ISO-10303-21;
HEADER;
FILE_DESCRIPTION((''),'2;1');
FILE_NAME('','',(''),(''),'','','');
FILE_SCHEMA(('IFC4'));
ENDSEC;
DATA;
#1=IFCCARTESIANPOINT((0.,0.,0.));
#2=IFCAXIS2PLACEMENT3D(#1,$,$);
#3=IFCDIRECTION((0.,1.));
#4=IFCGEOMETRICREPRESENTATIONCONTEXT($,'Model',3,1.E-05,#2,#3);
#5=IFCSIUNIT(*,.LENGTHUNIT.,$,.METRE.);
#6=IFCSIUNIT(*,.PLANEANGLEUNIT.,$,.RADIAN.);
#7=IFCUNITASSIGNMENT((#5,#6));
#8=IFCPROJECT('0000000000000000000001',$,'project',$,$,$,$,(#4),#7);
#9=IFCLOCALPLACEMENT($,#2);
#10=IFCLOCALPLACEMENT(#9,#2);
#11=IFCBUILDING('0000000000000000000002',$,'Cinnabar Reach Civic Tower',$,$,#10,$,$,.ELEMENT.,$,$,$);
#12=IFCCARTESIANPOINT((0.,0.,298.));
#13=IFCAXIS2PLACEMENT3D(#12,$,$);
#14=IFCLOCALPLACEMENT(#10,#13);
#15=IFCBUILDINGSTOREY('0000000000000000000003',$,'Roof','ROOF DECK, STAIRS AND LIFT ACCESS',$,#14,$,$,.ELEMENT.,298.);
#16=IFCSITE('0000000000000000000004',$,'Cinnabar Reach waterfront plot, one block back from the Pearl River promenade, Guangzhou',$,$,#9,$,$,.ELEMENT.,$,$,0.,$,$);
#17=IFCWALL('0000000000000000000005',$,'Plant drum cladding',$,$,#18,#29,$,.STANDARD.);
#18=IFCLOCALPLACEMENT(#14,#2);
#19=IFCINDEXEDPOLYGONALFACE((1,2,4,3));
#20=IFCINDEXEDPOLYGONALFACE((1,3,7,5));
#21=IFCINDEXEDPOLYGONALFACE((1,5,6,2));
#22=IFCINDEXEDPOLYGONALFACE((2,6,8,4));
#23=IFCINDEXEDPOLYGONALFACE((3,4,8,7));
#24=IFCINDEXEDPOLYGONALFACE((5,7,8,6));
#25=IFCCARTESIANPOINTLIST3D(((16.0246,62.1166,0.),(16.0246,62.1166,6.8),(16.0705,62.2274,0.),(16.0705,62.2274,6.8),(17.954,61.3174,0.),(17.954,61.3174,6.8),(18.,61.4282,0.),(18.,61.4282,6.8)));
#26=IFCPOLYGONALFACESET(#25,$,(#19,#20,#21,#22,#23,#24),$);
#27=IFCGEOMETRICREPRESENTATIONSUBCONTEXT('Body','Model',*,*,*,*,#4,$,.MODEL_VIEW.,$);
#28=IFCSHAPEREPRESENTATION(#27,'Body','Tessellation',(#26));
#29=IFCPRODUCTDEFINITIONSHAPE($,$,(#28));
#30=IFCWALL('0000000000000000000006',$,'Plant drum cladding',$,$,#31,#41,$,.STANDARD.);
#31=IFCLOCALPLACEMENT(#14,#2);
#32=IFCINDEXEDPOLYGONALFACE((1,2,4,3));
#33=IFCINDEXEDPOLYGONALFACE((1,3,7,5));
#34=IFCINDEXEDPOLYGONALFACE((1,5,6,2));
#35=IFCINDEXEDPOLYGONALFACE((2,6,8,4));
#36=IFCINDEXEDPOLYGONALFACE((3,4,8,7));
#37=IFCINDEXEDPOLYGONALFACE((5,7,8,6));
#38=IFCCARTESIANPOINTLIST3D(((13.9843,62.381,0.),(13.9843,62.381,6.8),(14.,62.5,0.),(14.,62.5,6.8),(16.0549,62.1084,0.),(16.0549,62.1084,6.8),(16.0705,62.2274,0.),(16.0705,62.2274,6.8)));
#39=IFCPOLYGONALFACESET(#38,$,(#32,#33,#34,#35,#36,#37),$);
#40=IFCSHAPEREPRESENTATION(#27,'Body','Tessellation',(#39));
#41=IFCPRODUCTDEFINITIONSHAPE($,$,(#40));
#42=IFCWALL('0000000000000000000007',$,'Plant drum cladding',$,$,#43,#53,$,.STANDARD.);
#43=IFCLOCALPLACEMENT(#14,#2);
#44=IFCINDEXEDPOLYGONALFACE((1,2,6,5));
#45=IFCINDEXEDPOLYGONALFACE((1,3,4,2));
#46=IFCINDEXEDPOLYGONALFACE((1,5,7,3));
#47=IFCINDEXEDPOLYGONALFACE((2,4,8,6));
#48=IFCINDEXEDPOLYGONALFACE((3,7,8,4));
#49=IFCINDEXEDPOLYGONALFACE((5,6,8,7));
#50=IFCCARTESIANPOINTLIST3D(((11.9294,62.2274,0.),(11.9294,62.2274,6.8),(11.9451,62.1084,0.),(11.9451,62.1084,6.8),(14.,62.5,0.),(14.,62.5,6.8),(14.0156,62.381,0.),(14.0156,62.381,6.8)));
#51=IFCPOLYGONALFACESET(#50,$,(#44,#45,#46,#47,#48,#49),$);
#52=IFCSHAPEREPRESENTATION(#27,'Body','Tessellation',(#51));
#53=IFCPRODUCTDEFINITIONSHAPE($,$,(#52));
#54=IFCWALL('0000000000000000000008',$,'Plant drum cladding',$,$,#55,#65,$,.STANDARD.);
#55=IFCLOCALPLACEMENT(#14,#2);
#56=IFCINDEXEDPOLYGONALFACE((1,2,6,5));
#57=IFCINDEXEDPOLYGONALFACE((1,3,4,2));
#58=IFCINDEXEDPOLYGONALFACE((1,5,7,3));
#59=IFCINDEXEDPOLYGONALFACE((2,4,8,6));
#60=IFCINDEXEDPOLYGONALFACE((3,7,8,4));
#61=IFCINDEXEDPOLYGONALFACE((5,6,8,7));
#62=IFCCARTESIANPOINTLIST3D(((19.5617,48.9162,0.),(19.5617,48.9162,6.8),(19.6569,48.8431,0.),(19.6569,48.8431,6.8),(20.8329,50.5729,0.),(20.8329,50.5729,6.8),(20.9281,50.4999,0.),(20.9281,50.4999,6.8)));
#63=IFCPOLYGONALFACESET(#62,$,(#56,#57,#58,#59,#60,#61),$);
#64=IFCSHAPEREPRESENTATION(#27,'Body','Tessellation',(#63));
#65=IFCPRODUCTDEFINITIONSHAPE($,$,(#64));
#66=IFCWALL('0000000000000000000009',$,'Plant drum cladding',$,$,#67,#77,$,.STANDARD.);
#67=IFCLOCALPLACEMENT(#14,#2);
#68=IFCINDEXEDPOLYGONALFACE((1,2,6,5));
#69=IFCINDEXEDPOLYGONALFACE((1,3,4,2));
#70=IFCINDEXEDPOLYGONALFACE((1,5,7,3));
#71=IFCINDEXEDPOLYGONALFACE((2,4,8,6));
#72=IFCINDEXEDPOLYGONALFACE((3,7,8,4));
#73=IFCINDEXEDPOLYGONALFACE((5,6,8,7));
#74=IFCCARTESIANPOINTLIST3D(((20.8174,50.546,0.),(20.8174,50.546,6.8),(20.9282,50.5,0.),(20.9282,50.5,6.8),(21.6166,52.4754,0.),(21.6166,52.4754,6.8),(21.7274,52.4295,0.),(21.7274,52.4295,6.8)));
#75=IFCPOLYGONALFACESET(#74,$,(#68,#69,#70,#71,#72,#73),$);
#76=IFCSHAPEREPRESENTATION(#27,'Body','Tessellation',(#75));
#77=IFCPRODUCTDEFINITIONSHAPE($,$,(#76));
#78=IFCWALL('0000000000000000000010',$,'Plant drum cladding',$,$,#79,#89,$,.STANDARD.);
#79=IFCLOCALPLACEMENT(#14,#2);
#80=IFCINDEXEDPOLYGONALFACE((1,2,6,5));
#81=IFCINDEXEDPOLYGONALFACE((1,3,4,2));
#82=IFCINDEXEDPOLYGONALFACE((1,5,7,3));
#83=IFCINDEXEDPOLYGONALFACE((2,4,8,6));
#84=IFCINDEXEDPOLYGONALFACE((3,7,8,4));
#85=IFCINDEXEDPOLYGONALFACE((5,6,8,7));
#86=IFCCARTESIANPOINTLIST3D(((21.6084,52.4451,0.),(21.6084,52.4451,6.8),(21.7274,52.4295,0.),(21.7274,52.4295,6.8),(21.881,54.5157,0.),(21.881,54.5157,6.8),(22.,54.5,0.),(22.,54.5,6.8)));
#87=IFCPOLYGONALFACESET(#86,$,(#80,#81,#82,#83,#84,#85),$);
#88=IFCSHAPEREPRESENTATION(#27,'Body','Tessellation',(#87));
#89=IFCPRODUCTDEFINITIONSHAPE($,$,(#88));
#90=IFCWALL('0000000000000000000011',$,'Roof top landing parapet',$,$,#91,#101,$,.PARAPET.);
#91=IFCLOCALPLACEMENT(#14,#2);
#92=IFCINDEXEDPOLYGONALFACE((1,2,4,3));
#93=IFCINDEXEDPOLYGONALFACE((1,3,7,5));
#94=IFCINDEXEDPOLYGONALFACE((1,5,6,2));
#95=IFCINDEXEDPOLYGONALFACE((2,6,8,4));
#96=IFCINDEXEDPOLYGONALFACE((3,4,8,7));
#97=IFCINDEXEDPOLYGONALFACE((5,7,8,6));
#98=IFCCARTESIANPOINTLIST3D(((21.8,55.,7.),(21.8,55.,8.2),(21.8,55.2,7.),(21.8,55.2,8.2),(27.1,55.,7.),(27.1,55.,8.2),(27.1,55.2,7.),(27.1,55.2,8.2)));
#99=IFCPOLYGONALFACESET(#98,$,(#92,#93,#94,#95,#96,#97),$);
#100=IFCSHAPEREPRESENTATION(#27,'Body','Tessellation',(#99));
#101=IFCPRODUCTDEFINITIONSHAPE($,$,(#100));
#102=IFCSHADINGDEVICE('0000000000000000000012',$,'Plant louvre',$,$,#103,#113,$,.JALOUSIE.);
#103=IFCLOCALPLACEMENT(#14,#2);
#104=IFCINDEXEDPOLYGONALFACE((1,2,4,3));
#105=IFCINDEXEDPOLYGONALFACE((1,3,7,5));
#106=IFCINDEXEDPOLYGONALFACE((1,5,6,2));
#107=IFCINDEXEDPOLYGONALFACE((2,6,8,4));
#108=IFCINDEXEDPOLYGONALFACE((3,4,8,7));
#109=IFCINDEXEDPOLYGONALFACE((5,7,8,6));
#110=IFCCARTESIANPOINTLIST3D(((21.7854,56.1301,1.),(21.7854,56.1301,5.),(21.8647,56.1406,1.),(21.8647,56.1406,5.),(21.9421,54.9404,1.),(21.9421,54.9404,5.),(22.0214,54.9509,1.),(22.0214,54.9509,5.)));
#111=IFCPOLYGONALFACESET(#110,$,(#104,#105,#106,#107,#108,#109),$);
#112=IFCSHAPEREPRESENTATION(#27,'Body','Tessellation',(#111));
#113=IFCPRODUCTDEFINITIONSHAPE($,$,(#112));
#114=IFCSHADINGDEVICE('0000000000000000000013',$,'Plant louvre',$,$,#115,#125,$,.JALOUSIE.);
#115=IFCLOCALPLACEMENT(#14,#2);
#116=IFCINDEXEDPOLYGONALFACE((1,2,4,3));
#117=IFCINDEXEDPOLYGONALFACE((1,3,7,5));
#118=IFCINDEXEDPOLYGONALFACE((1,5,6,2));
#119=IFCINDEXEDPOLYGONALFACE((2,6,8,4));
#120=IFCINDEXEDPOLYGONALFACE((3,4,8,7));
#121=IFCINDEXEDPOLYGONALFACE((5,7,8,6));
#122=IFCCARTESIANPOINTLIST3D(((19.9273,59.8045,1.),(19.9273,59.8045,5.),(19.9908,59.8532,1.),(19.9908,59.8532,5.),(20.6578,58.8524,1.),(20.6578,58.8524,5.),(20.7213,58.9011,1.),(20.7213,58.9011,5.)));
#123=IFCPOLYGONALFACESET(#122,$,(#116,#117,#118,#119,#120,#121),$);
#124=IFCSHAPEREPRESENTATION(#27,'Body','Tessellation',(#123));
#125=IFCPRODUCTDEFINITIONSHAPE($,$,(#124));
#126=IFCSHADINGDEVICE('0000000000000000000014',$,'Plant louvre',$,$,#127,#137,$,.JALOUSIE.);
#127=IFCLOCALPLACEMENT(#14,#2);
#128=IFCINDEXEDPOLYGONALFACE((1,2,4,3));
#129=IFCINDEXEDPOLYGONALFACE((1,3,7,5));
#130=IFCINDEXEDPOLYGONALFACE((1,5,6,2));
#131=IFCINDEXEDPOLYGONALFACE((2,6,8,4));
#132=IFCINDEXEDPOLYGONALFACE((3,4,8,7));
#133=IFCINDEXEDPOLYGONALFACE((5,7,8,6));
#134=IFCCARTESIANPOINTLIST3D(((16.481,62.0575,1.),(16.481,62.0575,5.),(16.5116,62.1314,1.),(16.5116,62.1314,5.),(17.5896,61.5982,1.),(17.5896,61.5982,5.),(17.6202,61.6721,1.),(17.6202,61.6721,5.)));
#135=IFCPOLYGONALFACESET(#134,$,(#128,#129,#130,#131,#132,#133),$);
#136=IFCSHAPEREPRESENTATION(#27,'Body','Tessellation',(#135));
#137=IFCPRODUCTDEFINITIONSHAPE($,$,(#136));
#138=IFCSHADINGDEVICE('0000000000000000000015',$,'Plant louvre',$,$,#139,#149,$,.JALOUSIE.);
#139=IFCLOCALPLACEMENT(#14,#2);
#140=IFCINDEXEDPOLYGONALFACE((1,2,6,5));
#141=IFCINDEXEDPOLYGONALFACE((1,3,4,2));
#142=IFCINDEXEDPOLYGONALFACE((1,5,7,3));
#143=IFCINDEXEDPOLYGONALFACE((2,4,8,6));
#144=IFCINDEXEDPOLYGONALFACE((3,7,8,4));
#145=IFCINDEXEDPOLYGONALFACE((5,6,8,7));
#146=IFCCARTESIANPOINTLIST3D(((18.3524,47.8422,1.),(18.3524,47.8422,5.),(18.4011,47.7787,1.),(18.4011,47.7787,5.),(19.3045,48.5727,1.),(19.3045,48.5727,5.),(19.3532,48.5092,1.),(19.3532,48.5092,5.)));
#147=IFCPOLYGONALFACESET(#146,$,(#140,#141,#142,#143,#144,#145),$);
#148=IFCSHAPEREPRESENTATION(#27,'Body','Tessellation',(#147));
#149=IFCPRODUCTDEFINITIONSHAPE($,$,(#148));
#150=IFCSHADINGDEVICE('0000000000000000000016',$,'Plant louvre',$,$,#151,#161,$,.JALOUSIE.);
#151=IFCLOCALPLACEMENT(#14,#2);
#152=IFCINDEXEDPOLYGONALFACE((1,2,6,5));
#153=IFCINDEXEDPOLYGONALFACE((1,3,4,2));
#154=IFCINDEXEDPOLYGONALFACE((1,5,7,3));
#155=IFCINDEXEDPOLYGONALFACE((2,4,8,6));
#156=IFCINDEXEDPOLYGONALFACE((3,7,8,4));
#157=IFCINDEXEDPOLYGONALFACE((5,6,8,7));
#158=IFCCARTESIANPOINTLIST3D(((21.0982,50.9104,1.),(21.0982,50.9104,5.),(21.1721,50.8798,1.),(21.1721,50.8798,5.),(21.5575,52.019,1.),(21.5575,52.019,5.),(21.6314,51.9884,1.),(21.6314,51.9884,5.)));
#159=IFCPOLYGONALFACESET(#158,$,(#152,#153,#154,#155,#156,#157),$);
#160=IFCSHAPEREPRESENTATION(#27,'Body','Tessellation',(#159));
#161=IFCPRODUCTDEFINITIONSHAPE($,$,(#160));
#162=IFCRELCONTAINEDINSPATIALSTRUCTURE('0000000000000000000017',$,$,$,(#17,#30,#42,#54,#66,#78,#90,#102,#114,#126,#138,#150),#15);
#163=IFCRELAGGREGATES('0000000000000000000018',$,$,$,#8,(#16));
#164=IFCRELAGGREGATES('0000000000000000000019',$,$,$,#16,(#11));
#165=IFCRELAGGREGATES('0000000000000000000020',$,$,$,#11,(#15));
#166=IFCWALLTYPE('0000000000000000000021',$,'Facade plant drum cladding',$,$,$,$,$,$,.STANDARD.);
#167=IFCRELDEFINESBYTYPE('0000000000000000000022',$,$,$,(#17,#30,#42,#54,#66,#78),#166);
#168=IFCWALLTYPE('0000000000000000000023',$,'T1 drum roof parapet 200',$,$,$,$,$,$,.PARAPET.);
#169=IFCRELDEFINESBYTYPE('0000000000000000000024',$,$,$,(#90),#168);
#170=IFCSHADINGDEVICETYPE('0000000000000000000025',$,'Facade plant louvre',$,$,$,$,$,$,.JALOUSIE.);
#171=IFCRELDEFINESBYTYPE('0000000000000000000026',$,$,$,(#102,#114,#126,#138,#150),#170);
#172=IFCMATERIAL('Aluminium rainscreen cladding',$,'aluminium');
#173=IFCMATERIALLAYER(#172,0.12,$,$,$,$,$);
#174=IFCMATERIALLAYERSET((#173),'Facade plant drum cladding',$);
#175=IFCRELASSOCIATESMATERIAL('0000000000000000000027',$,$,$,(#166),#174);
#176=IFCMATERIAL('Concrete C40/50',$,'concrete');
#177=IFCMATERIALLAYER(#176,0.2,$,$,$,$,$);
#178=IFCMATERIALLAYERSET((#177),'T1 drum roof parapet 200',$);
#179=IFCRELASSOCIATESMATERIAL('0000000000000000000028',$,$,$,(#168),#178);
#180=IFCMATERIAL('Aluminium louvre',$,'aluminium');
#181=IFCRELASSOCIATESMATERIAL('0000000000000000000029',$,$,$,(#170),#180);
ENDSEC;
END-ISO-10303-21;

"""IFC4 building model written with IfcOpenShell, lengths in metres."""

from ifc_helpers import new_model, si_unit, direction, frame, frame_2d, origin, origin_2d, place, context, subcontext, project, spatial, rectangle, extrude, material, layer, layer_set, type_object, element, save


model = new_model("IFC4")

# Units and contexts
model_context = context("Model", 3, precision=1e-05, world=origin(), true_north=direction((0.0, 1.0)))
body_context = subcontext(model_context, "Body", "Model", "MODEL_VIEW")
ifc_project = project(units=[si_unit("LENGTHUNIT", "METRE"), si_unit("PLANEANGLEUNIT", "RADIAN")], contexts=[model_context])

# Site, building, storey
site_placement = place(None, origin())
site = spatial("IfcSite", under=ifc_project, at=site_placement, Name="Cinnabar Reach waterfront plot, one block back from the Pearl River promenade, Guangzhou", CompositionType="ELEMENT", RefElevation=0.0)
building_placement = place(site_placement, origin())
building = spatial("IfcBuilding", under=site, at=building_placement, Name="Cinnabar Reach Civic Tower", CompositionType="ELEMENT")
storey_placement = place(building_placement, frame((0.0, 0.0, 298.0)))
storey = spatial("IfcBuildingStorey", under=building, at=storey_placement, Name="Roof", Description="ROOF DECK, STAIRS AND LIFT ACCESS", CompositionType="ELEMENT", Elevation=298.0)

# Walls
ifc_material_1 = material(Name="Aluminium rainscreen cladding", Category="aluminium")
ifc_layer_1 = layer(ifc_material_1, 0.12)
ifc_layer_set_1 = layer_set([ifc_layer_1], Name="Facade plant drum cladding")
wall_type_1 = type_object("IfcWallType", Name="Facade plant drum cladding", PredefinedType="STANDARD", material=ifc_layer_set_1)
for number, where, z_axis, x_axis, name in (
    (1, (17.977, 61.3728, 0.0), (0.0, 0.0, 1.0), (-0.923877, 0.38269, 0.0), "Plant drum cladding"),
    (2, (16.0627, 62.1679, 0.0), (0.0, 0.0, 1.0), (-0.991444, 0.130533, 0.0), "Plant drum cladding"),
    (3, (14.0078, 62.4405, 0.0), (0.0, 0.0, 1.0), (-0.991444, -0.130533, 0.0), "Plant drum cladding"),
):
    element("IfcWall", number, at=place(storey_placement, frame(where, z_axis=z_axis, x_axis=x_axis)), inside=storey, type_object=wall_type_1, Name=name, PredefinedType="STANDARD", context=body_context, shape_type="SweptSolid", body=[
        extrude(rectangle(XDim=2.0884, YDim=0.12, at=frame_2d((1.0442, 0.0))), origin(), (0.0, 0.0, 1.0), 6.8),
    ])
wall_1_placement = place(storey_placement, frame((19.6093, 48.8797, 0.0), z_axis=(0.0, 0.0, 1.0), x_axis=(0.608759, 0.793355, 0.0)))
element("IfcWall", 4, at=wall_1_placement, inside=storey, type_object=wall_type_1, Name="Plant drum cladding", PredefinedType="STANDARD", context=body_context, shape_type="SweptSolid", body=[
    extrude(rectangle(XDim=2.0883, YDim=0.12, at=frame_2d((1.0441, 0.0))), origin(), (0.0, 0.0, 1.0), 6.8),
])
for number, where, z_axis, x_axis, name in (
    (5, (20.8728, 50.523, 0.0), (0.0, 0.0, 1.0), (0.38269, 0.923877, 0.0), "Plant drum cladding"),
    (6, (21.6679, 52.4373, 0.0), (0.0, 0.0, 1.0), (0.130533, 0.991444, 0.0), "Plant drum cladding"),
):
    element("IfcWall", number, at=place(storey_placement, frame(where, z_axis=z_axis, x_axis=x_axis)), inside=storey, type_object=wall_type_1, Name=name, PredefinedType="STANDARD", context=body_context, shape_type="SweptSolid", body=[
        extrude(rectangle(XDim=2.0884, YDim=0.12, at=frame_2d((1.0442, 0.0))), origin(), (0.0, 0.0, 1.0), 6.8),
    ])
ifc_material_2 = material(Name="Concrete C40/50", Category="concrete")
ifc_layer_2 = layer(ifc_material_2, 0.2)
ifc_layer_set_2 = layer_set([ifc_layer_2], Name="T1 drum roof parapet 200")
wall_type_2 = type_object("IfcWallType", Name="T1 drum roof parapet 200", PredefinedType="PARAPET", material=ifc_layer_set_2)
wall_2_placement = place(storey_placement, frame((21.8, 55.1, 7.0), z_axis=(0.0, 0.0, 1.0), x_axis=(1.0, 0.0, 0.0)))
element("IfcWall", 7, at=wall_2_placement, inside=storey, type_object=wall_type_2, Name="Roof top landing parapet", PredefinedType="PARAPET", context=body_context, shape_type="SweptSolid", body=[
    extrude(rectangle(XDim=5.3, YDim=0.2, at=frame_2d((2.65, 0.0))), origin(), (0.0, 0.0, 1.0), 1.2),
])

# Shading devices
ifc_material_3 = material(Name="Aluminium louvre", Category="aluminium")
shading_device_type = type_object("IfcShadingDeviceType", Name="Facade plant louvre", PredefinedType="JALOUSIE", material=ifc_material_3)
for number, where, z_axis, x_axis, name in (
    (8, (21.9034, 55.5405, 1.0), (0.0, 0.0, 1.0), (-0.130526, 0.991445, 0.0), "Plant louvre"),
    (9, (20.3243, 59.3528, 1.0), (0.0, 0.0, 1.0), (-0.608761, 0.793353, 0.0), "Plant louvre"),
    (10, (17.0506, 61.8648, 1.0), (0.0, 0.0, 1.0), (-0.92388, 0.382683, 0.0), "Plant louvre"),
    (11, (18.8528, 48.1757, 1.0), (0.0, 0.0, 1.0), (0.793353, 0.608761, 0.0), "Plant louvre"),
    (12, (21.3648, 51.4494, 1.0), (0.0, 0.0, 1.0), (0.382683, 0.92388, 0.0), "Plant louvre"),
):
    element("IfcShadingDevice", number, at=place(storey_placement, frame(where, z_axis=z_axis, x_axis=x_axis)), inside=storey, type_object=shading_device_type, Name=name, PredefinedType="JALOUSIE", context=body_context, shape_type="SweptSolid", body=[
        extrude(rectangle(XDim=1.2, YDim=0.08, at=origin_2d()), origin(), (0.0, 0.0, 1.0), 4.0),
    ])

save(model, "model.ifc")
